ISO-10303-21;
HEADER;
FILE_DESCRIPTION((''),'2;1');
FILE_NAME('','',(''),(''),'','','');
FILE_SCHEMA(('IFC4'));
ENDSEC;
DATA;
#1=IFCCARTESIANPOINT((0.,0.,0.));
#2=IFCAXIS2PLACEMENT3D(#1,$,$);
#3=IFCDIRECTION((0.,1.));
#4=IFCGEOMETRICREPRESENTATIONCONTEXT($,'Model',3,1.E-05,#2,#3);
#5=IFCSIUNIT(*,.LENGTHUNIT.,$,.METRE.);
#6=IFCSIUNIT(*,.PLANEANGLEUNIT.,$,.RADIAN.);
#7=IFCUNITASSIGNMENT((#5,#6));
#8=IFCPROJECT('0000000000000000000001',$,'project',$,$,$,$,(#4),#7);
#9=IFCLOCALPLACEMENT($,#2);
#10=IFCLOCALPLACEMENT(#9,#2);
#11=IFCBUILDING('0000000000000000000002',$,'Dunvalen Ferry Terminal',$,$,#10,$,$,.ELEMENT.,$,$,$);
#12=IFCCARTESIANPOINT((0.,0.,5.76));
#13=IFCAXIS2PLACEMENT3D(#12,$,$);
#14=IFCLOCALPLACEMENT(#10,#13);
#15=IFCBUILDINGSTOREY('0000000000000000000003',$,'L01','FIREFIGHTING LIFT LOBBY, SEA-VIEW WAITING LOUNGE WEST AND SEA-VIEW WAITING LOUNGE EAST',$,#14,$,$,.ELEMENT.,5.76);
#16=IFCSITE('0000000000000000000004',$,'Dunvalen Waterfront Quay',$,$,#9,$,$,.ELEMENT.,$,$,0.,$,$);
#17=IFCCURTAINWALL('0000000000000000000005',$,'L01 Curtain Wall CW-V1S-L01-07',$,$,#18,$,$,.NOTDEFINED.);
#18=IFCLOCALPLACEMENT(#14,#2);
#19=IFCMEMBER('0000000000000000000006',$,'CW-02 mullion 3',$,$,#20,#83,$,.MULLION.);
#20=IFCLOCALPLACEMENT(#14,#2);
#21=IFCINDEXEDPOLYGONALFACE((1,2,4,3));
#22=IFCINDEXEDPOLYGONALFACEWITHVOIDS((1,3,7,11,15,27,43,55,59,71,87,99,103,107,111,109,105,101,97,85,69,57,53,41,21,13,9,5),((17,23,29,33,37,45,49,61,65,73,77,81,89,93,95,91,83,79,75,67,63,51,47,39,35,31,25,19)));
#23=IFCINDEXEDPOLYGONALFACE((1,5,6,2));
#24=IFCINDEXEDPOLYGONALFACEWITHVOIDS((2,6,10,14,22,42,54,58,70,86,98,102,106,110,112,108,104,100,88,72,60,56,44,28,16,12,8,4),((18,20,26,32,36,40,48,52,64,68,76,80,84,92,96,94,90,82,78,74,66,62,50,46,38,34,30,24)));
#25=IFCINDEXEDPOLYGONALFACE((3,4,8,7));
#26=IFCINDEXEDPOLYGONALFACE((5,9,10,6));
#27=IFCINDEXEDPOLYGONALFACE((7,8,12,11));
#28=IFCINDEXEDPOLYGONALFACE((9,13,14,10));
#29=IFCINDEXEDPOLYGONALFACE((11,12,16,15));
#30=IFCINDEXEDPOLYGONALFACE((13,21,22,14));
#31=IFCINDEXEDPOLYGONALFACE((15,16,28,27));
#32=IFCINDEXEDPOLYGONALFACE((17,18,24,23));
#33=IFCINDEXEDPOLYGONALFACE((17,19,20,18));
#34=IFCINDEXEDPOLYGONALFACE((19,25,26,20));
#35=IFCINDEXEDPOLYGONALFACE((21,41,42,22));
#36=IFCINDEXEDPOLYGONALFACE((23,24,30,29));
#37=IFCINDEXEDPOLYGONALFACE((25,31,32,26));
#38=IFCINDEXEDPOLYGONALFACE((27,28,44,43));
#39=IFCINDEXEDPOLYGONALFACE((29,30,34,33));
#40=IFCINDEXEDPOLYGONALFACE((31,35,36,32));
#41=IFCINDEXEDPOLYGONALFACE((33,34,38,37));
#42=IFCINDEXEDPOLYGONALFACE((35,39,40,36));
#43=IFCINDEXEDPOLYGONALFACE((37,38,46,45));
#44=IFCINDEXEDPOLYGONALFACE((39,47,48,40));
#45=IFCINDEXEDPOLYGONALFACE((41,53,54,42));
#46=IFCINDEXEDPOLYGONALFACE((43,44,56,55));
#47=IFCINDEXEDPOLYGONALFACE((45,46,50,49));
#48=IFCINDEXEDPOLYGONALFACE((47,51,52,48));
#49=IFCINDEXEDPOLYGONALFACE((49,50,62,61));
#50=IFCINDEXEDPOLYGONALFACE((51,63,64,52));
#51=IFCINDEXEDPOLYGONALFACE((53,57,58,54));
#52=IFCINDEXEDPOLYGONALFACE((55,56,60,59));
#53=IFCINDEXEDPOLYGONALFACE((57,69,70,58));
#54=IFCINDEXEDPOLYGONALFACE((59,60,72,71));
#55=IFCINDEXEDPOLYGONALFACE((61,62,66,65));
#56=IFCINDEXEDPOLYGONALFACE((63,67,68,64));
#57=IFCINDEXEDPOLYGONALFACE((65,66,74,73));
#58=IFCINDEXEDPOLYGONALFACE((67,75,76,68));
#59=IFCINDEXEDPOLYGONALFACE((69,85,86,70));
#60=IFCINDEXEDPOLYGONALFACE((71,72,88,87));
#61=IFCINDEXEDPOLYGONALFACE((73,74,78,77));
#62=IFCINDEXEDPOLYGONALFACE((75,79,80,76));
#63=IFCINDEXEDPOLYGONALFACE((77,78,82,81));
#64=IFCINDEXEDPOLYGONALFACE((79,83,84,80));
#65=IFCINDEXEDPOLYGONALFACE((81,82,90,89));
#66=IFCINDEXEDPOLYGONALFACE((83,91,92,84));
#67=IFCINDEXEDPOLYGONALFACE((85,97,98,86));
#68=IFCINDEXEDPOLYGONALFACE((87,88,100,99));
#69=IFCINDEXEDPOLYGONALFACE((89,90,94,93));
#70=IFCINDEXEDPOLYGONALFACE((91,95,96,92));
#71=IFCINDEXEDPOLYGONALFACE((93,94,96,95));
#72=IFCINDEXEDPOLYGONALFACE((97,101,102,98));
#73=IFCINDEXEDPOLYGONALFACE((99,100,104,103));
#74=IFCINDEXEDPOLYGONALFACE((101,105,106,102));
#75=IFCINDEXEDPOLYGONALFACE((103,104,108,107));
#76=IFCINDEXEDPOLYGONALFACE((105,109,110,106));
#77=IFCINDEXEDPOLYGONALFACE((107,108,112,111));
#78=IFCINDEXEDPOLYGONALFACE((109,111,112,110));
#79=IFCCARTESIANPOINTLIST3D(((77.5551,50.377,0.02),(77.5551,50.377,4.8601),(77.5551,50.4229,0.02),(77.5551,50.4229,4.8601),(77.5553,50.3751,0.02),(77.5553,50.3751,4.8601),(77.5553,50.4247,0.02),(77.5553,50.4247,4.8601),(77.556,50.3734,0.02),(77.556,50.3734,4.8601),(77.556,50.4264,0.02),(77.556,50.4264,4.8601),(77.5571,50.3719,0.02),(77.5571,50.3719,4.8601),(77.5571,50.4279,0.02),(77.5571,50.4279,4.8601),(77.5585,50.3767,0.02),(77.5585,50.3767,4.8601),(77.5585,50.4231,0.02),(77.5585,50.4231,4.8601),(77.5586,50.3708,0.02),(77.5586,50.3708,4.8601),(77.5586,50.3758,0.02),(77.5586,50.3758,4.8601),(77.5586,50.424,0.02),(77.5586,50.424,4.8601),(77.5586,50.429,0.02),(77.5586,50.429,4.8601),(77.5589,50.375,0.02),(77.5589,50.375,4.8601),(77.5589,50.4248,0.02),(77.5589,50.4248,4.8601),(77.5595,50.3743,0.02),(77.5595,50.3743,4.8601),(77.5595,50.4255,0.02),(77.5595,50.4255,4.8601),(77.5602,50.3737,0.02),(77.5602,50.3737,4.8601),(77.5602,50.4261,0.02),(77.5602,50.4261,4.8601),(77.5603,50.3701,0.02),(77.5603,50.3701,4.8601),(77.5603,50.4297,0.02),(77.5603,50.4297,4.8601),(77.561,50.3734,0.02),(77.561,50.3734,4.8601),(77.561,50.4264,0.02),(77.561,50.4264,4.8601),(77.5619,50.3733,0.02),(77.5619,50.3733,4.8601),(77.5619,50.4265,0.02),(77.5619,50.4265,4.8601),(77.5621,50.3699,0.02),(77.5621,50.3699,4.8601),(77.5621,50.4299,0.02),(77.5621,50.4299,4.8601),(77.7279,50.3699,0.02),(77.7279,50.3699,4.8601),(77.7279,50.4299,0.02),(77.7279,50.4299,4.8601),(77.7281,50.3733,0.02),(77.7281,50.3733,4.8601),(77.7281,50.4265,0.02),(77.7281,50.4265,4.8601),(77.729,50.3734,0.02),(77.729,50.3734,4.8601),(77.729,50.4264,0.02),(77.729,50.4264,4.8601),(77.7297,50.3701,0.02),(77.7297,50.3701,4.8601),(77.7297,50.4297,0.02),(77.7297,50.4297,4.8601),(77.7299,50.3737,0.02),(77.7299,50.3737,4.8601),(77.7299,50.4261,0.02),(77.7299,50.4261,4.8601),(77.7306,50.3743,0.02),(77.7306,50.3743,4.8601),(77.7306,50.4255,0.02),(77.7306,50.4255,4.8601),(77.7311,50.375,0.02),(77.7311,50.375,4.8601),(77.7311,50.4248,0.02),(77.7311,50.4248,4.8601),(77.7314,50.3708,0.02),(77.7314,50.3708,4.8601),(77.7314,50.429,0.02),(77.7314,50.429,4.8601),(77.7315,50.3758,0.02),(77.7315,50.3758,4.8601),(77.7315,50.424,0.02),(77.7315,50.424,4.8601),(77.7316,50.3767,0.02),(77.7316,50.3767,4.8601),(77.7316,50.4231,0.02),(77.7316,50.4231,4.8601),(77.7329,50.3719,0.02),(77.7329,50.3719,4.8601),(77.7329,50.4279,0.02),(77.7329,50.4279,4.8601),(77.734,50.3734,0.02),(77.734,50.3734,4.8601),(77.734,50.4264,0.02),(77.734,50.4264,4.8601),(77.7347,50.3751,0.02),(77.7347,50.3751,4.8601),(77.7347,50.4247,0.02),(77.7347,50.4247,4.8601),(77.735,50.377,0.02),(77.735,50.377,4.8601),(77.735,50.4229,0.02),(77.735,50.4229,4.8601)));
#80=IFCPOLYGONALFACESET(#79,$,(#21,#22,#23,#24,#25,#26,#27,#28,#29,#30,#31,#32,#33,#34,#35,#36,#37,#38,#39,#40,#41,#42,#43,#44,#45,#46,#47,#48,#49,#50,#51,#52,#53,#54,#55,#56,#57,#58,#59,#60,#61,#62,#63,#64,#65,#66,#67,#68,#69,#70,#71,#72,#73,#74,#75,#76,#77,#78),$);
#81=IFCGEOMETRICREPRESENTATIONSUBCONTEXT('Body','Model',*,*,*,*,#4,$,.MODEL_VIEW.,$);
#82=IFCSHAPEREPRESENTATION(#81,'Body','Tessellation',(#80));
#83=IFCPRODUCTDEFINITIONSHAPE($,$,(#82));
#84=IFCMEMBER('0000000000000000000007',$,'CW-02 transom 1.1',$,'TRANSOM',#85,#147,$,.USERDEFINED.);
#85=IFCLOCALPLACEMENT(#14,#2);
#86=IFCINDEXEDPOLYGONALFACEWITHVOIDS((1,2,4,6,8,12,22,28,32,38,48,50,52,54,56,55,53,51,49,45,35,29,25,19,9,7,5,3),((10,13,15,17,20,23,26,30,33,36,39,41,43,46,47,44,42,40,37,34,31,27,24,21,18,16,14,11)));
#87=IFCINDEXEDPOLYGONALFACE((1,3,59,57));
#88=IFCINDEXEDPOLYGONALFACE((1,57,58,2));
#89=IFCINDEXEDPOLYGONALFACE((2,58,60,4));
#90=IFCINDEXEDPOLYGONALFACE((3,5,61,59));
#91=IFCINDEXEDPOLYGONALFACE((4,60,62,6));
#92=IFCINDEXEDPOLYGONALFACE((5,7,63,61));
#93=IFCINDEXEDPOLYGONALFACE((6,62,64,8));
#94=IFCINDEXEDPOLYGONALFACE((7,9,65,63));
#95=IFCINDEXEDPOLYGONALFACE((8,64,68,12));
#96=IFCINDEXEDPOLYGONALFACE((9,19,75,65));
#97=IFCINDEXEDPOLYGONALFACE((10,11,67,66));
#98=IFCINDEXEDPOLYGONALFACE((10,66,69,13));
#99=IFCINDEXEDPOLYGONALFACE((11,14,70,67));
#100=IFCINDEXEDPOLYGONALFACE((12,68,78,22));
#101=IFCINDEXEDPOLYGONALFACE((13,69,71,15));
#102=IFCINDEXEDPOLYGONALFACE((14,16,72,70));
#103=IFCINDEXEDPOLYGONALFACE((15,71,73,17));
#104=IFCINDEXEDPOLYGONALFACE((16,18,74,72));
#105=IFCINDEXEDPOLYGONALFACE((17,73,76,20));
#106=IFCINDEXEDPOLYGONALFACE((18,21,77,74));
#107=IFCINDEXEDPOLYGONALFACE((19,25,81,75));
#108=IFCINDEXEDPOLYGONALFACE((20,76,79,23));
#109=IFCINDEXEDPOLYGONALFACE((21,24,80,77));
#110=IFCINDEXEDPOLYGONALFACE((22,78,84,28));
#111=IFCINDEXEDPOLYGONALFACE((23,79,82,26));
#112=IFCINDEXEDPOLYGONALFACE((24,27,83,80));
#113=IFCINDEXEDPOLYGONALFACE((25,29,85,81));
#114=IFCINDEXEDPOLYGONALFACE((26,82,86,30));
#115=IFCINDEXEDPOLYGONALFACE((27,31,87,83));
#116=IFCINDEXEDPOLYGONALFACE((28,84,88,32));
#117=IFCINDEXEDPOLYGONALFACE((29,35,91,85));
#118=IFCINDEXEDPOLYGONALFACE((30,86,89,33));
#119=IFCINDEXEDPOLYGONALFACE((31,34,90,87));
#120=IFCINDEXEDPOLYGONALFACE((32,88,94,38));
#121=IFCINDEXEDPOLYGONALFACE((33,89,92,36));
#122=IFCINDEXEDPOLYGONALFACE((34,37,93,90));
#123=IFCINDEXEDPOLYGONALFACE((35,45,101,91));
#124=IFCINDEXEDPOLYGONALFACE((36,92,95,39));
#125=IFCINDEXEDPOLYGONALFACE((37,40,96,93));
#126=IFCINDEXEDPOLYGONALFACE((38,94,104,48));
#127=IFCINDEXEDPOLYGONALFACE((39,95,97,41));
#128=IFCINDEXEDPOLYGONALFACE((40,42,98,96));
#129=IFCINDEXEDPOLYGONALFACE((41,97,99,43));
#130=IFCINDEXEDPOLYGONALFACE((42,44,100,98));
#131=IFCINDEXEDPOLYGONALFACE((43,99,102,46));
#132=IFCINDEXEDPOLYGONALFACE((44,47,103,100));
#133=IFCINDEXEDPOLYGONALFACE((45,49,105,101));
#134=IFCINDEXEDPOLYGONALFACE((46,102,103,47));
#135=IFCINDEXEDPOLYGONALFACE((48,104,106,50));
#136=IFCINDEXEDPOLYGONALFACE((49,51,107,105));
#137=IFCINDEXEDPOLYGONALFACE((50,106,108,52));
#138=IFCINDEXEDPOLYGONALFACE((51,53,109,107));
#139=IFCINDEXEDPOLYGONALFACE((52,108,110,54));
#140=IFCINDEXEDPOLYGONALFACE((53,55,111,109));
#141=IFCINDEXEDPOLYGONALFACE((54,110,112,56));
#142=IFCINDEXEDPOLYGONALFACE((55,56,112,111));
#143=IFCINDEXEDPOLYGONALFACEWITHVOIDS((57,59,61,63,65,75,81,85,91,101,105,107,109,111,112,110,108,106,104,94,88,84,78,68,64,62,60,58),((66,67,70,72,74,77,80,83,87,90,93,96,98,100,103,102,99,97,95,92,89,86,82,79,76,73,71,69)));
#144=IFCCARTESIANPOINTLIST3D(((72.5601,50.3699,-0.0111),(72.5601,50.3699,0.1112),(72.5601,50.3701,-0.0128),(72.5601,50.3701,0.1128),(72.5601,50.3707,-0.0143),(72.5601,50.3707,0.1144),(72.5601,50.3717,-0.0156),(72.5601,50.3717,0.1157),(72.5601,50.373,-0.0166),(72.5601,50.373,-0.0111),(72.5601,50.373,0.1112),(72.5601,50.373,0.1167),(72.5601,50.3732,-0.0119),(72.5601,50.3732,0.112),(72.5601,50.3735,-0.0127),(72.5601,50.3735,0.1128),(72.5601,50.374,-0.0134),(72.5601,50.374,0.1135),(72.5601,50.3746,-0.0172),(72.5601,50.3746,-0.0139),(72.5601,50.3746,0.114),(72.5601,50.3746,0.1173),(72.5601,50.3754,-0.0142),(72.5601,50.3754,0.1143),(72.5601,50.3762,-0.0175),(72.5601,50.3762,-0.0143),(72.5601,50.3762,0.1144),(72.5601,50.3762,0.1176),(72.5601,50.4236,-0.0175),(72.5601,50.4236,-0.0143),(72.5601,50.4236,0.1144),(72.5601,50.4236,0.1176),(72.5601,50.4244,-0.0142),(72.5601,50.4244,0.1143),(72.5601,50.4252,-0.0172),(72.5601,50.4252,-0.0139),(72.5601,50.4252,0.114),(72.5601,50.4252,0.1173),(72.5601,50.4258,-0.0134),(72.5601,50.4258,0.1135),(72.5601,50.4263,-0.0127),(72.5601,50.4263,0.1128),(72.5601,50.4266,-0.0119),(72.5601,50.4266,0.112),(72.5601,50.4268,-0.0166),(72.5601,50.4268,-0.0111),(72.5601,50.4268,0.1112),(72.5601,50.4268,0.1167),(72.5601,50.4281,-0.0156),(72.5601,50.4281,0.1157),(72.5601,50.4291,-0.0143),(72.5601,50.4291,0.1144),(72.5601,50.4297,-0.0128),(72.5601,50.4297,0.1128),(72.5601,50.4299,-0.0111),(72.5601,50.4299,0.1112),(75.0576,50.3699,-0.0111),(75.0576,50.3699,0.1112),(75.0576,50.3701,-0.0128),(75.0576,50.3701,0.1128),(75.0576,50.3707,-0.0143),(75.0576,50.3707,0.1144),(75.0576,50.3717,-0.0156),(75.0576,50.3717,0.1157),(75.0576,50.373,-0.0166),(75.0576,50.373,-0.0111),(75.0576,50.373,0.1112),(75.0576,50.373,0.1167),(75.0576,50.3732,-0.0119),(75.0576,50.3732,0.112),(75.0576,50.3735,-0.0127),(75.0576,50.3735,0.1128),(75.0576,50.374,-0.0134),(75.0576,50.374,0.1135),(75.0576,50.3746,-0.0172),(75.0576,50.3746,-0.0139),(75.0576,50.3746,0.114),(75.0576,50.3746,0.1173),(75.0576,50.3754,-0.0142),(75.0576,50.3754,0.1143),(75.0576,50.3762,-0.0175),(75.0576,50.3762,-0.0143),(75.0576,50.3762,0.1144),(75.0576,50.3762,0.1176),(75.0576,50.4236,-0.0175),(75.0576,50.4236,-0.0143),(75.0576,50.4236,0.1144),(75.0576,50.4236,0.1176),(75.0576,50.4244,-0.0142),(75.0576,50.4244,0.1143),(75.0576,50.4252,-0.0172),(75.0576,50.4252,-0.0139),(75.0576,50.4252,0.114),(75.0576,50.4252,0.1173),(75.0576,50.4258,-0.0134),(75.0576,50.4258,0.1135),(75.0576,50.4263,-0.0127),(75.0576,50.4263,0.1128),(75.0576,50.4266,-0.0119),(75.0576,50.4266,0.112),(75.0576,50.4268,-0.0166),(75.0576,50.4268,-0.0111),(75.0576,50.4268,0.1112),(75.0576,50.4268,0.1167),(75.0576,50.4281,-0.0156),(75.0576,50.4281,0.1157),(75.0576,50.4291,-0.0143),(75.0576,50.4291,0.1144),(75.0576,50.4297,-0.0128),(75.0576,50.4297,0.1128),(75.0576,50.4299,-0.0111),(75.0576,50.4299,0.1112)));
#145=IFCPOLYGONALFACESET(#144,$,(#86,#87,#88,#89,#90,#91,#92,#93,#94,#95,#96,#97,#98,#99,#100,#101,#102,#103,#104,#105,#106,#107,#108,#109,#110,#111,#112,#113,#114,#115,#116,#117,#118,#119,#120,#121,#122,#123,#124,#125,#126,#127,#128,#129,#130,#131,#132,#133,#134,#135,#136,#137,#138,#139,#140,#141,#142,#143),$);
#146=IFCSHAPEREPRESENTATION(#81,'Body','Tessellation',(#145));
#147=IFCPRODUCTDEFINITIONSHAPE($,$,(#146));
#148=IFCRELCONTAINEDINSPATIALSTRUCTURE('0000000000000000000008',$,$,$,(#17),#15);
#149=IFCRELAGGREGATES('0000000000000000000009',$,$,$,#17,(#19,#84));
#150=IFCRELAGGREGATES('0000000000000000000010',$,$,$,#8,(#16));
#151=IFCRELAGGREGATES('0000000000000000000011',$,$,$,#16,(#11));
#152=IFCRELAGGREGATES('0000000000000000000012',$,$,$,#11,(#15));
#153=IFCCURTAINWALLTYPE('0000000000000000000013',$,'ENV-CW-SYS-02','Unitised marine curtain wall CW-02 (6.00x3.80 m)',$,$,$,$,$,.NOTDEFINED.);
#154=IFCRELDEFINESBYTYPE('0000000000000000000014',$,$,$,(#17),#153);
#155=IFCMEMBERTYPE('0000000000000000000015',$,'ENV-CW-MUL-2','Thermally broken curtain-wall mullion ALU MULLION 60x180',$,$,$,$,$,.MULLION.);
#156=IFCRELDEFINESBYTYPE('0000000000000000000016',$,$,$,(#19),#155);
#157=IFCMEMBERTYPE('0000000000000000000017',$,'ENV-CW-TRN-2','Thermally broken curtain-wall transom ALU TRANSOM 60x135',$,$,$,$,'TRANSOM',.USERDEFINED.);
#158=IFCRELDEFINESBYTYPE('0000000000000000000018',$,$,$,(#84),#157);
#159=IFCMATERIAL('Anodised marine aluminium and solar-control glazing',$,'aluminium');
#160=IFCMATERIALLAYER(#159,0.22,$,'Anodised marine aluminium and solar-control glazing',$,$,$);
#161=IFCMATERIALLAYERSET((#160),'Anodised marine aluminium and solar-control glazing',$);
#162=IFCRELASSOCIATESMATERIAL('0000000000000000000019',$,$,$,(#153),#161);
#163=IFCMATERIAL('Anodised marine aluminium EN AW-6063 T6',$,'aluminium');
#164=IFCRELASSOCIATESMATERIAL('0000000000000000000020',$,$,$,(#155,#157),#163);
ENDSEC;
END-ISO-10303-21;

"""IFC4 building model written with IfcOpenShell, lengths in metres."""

from ifc_helpers import new_model, si_unit, direction, frame, origin, origin_2d, place, context, subcontext, project, spatial, hollow_rectangle, extrude, material, layer, layer_set, material_profile, profile_set, type_object, element, aggregate, save


model = new_model("IFC4")

# Units and contexts
model_context = context("Model", 3, precision=1e-05, world=origin(), true_north=direction((0.0, 1.0)))
body_context = subcontext(model_context, "Body", "Model", "MODEL_VIEW")
ifc_project = project(units=[si_unit("LENGTHUNIT", "METRE"), si_unit("PLANEANGLEUNIT", "RADIAN")], contexts=[model_context])

# Site, building, storey
site_placement = place(None, origin())
site = spatial("IfcSite", under=ifc_project, at=site_placement, Name="Dunvalen Waterfront Quay", CompositionType="ELEMENT", RefElevation=0.0)
building_placement = place(site_placement, origin())
building = spatial("IfcBuilding", under=site, at=building_placement, Name="Dunvalen Ferry Terminal", CompositionType="ELEMENT")
storey_placement = place(building_placement, frame((0.0, 0.0, 5.76)))
storey = spatial("IfcBuildingStorey", under=building, at=storey_placement, Name="L01", Description="FIREFIGHTING LIFT LOBBY, SEA-VIEW WAITING LOUNGE WEST AND SEA-VIEW WAITING LOUNGE EAST", CompositionType="ELEMENT", Elevation=5.76)

# Curtain wall, members
ifc_material_1 = material(Name="Anodised marine aluminium and solar-control glazing", Category="aluminium")
ifc_layer_1 = layer(ifc_material_1, 0.22, Name="Anodised marine aluminium and solar-control glazing")
ifc_layer_set_1 = layer_set([ifc_layer_1], Name="Anodised marine aluminium and solar-control glazing")
curtain_wall_type = type_object("IfcCurtainWallType", Name="ENV-CW-SYS-02", Description="Unitised marine curtain wall CW-02 (6.00x3.80 m)", PredefinedType="NOTDEFINED", material=ifc_layer_set_1)
curtain_wall_placement = place(storey_placement, origin())
curtain_wall = element("IfcCurtainWall", 1, at=curtain_wall_placement, inside=storey, type_object=curtain_wall_type, Name="L01 Curtain Wall CW-V1S-L01-07", PredefinedType="NOTDEFINED")
ifc_material_2 = material(Name="Anodised marine aluminium EN AW-6063 T6", Category="aluminium")
ifc_material_profile_1 = material_profile(ifc_material_2, hollow_rectangle(XDim=0.0601, YDim=0.1799, WallThickness=0.0034, InnerFilletRadius=0.0034, OuterFilletRadius=0.0071, at=origin_2d()), Name="Anodised marine aluminium EN AW-6063 T6")
ifc_profile_set_1 = profile_set([ifc_material_profile_1], Name="Anodised marine aluminium EN AW-6063 T6")
member_type_1 = type_object("IfcMemberType", Name="ENV-CW-MUL-2", Description="Thermally broken curtain-wall mullion ALU MULLION 60x180", PredefinedType="MULLION", material=ifc_profile_set_1)
member_1_placement = place(storey_placement, frame((77.645, 50.3999, 0.02), z_axis=(0.0, 0.0, 1.0), x_axis=(0.0, 1.0, 0.0)))
member_1 = element("IfcMember", 2, at=member_1_placement, type_object=member_type_1, Name="CW-02 mullion 3", PredefinedType="MULLION", context=body_context, shape_type="SweptSolid", body=[
    extrude(hollow_rectangle(XDim=0.0601, YDim=0.1799, WallThickness=0.0034, InnerFilletRadius=0.0034, OuterFilletRadius=0.0071, at=origin_2d()), origin(), (0.0, 0.0, 1.0), 4.8401),
])
ifc_material_profile_2 = material_profile(ifc_material_2, hollow_rectangle(XDim=0.0601, YDim=0.135, WallThickness=0.0032, InnerFilletRadius=0.0032, OuterFilletRadius=0.0063, at=origin_2d()), Name="Anodised marine aluminium EN AW-6063 T6")
ifc_profile_set_2 = profile_set([ifc_material_profile_2], Name="Anodised marine aluminium EN AW-6063 T6")
member_type_2 = type_object("IfcMemberType", Name="ENV-CW-TRN-2", Description="Thermally broken curtain-wall transom ALU TRANSOM 60x135", ElementType="TRANSOM", PredefinedType="USERDEFINED", material=ifc_profile_set_2)
member_2_placement = place(storey_placement, frame((72.5601, 50.3999, 0.05), z_axis=(1.0, 0.0, 0.0), x_axis=(0.0, 1.0, 0.0)))
member_2 = element("IfcMember", 3, at=member_2_placement, type_object=member_type_2, Name="CW-02 transom 1.1", ObjectType="TRANSOM", PredefinedType="USERDEFINED", context=body_context, shape_type="SweptSolid", body=[
    extrude(hollow_rectangle(XDim=0.0601, YDim=0.135, WallThickness=0.0032, InnerFilletRadius=0.0032, OuterFilletRadius=0.0063, at=origin_2d()), origin(), (0.0, 0.0, 1.0), 2.4976),
])

aggregate(curtain_wall, [member_1, member_2])

save(model, "model.ifc")
